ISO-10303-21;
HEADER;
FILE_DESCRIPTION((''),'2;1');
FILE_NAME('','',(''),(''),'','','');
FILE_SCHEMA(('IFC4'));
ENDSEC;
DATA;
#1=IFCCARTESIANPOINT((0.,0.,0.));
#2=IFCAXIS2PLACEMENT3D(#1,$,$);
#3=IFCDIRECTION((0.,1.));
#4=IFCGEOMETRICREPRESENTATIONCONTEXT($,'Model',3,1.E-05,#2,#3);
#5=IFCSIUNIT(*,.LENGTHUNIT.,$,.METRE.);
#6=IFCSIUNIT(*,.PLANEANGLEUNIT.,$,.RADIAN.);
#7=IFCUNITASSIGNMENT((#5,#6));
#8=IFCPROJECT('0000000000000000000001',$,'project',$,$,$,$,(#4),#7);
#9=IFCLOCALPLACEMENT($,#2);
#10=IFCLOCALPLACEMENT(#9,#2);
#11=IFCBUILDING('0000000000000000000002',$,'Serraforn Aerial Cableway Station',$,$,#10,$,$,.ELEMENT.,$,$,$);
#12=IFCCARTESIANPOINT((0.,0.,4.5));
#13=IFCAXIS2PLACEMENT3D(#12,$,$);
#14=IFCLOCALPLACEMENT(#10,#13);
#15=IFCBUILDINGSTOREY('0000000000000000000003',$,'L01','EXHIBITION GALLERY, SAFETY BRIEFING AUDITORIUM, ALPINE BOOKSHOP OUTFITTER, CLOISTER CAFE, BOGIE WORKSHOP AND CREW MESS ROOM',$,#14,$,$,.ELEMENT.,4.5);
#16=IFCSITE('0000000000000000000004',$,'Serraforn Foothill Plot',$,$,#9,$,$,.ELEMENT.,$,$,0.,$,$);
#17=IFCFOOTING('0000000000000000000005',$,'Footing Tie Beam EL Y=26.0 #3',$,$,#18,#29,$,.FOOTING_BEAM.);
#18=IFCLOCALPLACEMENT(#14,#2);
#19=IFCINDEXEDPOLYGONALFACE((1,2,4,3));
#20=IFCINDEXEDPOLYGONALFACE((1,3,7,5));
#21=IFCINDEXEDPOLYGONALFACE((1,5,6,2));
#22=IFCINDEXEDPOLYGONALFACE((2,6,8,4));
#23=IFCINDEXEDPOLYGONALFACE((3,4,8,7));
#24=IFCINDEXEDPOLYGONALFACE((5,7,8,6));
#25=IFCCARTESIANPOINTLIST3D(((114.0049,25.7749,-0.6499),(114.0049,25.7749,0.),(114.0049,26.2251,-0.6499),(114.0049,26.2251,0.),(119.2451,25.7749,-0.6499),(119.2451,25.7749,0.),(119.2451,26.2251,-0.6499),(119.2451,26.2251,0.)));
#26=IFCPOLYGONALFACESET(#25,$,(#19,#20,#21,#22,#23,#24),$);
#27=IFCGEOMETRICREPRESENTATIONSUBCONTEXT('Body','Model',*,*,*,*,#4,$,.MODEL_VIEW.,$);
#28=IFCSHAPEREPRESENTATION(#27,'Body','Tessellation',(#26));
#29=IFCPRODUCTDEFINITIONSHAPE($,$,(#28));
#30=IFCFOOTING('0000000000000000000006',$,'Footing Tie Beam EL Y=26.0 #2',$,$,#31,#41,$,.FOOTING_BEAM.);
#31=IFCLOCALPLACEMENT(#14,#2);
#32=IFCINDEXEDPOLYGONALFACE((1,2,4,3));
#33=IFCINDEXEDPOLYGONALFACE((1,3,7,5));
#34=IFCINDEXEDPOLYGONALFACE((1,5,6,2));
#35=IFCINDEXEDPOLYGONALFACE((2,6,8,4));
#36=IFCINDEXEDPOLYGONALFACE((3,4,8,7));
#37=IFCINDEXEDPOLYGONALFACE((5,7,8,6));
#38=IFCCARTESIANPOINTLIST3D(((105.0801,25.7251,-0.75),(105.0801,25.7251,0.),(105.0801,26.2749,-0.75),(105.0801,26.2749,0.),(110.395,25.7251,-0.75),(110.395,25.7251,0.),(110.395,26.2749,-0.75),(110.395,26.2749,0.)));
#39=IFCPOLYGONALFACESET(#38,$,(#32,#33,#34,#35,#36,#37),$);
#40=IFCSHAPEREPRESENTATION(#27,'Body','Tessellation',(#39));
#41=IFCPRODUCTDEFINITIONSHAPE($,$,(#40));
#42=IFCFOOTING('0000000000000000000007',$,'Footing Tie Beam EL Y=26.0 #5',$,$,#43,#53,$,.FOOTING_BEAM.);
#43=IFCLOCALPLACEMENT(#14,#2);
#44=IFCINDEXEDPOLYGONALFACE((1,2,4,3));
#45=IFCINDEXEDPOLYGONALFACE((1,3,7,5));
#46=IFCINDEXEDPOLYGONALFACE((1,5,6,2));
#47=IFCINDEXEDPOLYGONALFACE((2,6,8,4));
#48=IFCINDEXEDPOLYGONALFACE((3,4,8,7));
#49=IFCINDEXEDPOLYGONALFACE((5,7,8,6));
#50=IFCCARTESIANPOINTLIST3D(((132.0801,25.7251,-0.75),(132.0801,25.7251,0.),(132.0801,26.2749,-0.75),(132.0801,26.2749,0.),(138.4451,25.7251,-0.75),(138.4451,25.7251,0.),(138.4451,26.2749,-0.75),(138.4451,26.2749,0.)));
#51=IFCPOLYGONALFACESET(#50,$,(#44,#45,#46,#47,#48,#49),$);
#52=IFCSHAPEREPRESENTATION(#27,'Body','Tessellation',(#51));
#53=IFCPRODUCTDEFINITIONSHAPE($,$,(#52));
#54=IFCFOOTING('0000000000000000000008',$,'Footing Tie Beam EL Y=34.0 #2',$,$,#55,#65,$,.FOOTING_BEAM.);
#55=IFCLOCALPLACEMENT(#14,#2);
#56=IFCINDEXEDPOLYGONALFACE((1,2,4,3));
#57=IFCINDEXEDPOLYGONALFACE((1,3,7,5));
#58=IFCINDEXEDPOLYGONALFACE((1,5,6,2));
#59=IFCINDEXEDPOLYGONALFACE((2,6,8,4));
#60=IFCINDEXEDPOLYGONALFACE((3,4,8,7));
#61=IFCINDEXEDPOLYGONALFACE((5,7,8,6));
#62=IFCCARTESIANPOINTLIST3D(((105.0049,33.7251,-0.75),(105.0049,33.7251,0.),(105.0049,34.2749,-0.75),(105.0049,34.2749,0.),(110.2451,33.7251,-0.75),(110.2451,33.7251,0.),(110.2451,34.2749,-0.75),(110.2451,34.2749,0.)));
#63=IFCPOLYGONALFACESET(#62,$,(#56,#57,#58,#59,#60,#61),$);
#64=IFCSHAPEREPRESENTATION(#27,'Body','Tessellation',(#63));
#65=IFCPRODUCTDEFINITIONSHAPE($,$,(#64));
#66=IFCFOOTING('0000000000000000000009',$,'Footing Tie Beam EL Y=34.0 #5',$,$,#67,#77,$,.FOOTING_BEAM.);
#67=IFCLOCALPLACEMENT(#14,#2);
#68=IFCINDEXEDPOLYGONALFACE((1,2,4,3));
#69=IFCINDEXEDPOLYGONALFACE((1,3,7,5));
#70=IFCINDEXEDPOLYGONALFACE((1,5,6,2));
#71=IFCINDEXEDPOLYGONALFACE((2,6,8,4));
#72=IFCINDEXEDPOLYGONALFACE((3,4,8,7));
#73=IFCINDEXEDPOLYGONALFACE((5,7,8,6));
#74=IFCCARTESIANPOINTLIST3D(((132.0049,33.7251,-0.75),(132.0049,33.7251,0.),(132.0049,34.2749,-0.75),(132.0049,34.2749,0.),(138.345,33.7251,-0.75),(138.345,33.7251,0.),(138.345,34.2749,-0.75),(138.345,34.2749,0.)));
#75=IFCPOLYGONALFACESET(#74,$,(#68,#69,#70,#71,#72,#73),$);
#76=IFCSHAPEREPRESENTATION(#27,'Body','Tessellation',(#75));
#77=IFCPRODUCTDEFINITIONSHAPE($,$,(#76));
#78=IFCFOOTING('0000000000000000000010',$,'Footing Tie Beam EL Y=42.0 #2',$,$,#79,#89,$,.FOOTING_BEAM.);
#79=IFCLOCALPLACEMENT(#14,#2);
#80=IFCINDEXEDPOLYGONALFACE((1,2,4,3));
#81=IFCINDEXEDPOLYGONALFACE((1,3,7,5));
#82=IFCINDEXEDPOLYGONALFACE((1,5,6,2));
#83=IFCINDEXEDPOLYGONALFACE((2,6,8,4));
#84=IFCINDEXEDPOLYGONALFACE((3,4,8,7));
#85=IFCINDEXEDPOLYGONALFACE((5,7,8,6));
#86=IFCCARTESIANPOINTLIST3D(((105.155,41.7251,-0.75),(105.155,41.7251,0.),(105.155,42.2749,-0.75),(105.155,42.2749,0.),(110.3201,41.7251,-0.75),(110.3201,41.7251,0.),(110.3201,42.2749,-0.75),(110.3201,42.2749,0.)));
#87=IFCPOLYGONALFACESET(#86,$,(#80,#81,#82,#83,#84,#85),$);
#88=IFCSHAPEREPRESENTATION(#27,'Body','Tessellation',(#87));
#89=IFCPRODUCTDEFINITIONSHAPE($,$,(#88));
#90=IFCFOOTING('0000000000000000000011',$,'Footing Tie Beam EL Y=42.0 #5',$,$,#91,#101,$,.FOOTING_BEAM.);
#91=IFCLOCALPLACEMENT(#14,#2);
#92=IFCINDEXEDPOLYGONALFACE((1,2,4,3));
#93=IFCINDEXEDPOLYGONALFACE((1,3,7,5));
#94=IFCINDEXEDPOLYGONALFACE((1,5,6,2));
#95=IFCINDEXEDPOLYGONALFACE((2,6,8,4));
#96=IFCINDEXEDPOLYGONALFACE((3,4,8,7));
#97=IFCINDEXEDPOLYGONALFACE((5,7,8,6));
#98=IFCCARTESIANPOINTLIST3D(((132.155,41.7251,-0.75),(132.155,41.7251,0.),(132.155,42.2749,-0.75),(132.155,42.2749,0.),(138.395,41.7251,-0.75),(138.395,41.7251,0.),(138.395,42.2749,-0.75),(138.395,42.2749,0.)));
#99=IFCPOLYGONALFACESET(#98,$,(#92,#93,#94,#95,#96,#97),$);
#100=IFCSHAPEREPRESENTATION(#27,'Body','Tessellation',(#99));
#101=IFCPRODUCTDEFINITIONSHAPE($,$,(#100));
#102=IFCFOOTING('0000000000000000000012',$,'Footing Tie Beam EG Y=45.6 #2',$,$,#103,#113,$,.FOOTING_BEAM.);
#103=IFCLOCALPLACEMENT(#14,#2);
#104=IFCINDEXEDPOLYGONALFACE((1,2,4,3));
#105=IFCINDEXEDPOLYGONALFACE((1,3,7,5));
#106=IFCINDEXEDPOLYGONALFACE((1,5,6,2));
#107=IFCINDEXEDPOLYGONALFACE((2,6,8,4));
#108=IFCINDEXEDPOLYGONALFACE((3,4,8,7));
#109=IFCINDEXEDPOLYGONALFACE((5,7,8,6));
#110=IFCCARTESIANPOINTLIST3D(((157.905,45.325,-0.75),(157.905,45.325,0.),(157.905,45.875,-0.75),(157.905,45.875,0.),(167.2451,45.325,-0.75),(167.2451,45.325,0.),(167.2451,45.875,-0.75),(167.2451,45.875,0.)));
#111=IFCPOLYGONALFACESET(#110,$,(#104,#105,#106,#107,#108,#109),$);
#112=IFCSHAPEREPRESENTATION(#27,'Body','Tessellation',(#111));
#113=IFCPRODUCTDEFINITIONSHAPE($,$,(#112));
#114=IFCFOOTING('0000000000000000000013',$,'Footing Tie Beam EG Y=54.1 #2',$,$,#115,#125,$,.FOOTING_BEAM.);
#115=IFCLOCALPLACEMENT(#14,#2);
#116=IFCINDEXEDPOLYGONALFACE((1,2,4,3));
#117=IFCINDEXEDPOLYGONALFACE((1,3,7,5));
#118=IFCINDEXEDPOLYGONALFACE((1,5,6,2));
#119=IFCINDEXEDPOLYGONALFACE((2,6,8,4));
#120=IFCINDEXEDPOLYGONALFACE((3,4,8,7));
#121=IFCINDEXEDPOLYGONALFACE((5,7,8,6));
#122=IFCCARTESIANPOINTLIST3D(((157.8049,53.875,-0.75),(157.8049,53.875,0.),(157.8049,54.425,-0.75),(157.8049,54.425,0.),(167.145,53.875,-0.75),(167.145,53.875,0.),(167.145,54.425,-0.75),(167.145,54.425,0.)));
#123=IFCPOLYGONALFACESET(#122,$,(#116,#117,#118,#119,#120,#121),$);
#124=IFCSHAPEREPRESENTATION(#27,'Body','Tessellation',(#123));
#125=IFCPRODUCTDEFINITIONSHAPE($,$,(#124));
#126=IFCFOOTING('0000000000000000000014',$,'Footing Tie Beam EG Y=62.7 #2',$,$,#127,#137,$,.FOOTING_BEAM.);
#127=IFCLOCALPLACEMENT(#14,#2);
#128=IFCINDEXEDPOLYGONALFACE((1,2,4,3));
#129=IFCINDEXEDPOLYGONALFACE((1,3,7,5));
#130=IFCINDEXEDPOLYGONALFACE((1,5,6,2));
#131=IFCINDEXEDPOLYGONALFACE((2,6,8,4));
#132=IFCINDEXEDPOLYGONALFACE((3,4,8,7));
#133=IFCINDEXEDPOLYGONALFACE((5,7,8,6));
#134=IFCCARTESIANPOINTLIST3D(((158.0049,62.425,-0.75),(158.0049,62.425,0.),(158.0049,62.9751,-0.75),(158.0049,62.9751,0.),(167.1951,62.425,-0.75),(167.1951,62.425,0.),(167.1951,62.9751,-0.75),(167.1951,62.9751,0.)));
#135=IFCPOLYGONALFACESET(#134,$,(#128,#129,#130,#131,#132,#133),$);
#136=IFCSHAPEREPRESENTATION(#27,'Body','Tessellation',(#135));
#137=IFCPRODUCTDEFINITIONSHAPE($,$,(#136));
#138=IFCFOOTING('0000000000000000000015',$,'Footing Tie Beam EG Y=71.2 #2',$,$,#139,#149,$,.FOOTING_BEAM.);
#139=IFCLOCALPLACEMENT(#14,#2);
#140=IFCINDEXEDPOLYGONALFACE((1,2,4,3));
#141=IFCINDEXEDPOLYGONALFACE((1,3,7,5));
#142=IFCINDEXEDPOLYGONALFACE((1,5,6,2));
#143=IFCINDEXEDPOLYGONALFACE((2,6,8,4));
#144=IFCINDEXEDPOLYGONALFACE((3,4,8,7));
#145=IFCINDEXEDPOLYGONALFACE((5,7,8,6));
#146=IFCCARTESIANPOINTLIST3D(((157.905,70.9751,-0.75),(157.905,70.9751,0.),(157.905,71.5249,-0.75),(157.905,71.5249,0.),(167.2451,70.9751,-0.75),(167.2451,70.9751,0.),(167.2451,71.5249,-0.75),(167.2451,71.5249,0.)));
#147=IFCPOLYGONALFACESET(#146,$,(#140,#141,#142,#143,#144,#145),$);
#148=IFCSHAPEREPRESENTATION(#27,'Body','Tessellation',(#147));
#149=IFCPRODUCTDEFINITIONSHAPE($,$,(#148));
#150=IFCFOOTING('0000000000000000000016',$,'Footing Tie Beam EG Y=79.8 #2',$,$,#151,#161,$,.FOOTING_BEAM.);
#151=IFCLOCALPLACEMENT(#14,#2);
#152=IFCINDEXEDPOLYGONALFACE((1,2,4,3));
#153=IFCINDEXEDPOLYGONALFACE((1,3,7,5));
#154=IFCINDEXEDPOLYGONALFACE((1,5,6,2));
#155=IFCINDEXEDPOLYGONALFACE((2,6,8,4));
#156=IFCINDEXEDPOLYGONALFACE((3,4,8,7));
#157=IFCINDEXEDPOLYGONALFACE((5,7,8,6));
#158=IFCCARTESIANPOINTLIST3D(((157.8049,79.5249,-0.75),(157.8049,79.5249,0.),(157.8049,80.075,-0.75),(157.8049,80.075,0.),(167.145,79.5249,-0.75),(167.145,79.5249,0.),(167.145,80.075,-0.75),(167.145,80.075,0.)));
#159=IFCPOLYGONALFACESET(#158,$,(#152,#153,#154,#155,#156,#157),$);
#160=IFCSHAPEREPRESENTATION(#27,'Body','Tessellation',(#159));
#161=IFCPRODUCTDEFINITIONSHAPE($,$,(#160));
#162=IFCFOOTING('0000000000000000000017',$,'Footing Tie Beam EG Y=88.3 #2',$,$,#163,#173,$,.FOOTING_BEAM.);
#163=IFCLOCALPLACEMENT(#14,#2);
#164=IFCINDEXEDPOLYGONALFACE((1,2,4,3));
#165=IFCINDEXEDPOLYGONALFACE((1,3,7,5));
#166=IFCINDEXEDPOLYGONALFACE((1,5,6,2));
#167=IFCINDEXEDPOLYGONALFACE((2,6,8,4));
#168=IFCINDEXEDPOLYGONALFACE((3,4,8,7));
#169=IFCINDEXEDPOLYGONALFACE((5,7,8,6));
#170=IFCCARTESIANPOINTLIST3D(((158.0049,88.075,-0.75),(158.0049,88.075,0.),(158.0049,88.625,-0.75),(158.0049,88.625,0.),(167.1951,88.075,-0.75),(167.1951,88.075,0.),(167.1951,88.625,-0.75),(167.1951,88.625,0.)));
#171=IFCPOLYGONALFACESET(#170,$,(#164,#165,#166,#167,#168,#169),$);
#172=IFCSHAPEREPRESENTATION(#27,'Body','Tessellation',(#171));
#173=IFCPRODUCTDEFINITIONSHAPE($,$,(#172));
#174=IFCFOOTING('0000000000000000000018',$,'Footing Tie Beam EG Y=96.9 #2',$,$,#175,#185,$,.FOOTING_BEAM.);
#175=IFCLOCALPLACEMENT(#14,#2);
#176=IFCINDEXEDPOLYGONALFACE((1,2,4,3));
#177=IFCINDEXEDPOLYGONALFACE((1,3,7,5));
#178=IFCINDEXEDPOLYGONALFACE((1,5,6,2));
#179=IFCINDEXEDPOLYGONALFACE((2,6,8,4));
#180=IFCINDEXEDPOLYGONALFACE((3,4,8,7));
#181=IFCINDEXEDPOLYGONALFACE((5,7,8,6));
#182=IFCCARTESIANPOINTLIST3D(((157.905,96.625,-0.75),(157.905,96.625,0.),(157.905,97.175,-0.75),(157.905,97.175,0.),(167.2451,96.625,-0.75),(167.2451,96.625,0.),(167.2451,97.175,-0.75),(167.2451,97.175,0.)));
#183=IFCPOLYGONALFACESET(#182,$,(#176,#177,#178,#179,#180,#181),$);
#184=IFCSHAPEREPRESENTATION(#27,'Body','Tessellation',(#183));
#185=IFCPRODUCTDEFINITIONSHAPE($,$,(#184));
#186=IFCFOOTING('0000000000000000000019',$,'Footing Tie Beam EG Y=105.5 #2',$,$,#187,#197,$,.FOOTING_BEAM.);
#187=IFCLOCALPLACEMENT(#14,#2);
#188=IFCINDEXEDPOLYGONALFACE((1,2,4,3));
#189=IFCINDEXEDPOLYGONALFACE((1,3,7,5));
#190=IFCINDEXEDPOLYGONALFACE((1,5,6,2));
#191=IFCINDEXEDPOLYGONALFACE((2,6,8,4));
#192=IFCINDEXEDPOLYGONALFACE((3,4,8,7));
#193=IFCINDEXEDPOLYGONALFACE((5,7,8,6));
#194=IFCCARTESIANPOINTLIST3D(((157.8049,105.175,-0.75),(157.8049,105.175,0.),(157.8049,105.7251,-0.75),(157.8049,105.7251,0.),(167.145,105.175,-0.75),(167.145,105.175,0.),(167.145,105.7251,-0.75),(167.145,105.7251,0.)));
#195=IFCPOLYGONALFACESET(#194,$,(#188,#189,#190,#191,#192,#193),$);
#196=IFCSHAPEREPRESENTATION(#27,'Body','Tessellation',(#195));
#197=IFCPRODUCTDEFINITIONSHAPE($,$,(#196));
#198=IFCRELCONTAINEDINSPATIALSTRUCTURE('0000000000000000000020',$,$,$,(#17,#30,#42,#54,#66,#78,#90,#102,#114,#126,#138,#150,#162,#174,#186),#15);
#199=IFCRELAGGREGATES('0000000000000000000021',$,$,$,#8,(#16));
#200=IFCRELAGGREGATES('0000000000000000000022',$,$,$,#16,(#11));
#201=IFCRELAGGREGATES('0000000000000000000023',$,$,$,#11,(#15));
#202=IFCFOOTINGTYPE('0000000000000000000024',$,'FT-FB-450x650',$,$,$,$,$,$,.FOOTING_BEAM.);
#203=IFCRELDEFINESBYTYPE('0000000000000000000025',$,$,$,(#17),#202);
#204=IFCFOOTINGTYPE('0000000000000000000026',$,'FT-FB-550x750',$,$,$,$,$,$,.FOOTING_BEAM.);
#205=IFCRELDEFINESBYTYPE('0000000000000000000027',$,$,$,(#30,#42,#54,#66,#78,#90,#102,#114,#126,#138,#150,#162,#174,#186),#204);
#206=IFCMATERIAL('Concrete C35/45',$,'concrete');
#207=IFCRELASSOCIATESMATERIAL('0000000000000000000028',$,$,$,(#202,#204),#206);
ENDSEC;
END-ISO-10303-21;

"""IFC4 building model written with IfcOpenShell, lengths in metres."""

from ifc_helpers import new_model, si_unit, direction, frame, origin, place, context, subcontext, project, spatial, polyline, outline, extrude, material, type_object, element, save


model = new_model("IFC4")

# Units and contexts
model_context = context("Model", 3, precision=1e-05, world=origin(), true_north=direction((0.0, 1.0)))
body_context = subcontext(model_context, "Body", "Model", "MODEL_VIEW")
ifc_project = project(units=[si_unit("LENGTHUNIT", "METRE"), si_unit("PLANEANGLEUNIT", "RADIAN")], contexts=[model_context])

# Site, building, storey
site_placement = place(None, origin())
site = spatial("IfcSite", under=ifc_project, at=site_placement, Name="Serraforn Foothill Plot", CompositionType="ELEMENT", RefElevation=0.0)
building_placement = place(site_placement, origin())
building = spatial("IfcBuilding", under=site, at=building_placement, Name="Serraforn Aerial Cableway Station", CompositionType="ELEMENT")
storey_placement = place(building_placement, frame((0.0, 0.0, 4.5)))
storey = spatial("IfcBuildingStorey", under=building, at=storey_placement, Name="L01", Description="EXHIBITION GALLERY, SAFETY BRIEFING AUDITORIUM, ALPINE BOOKSHOP OUTFITTER, CLOISTER CAFE, BOGIE WORKSHOP AND CREW MESS ROOM", CompositionType="ELEMENT", Elevation=4.5)

# Footings
ifc_material = material(Name="Concrete C35/45", Category="concrete")
footing_type_1 = type_object("IfcFootingType", Name="FT-FB-450x650", PredefinedType="FOOTING_BEAM", material=ifc_material)
footing_1_placement = place(storey_placement, frame((0.0, 0.0, -0.6499)))
element("IfcFooting", 1, at=footing_1_placement, inside=storey, type_object=footing_type_1, Name="Footing Tie Beam EL Y=26.0 #3", PredefinedType="FOOTING_BEAM", context=body_context, shape_type="SweptSolid", body=[
    extrude(outline(polyline([(119.2451, 26.2251), (119.2451, 25.7749), (114.0049, 25.7749), (114.0049, 26.2251), (119.2451, 26.2251)])), origin(), (0.0, 0.0, 1.0), 0.6499),
])
footing_type_2 = type_object("IfcFootingType", Name="FT-FB-550x750", PredefinedType="FOOTING_BEAM", material=ifc_material)
footing_2_placement = place(storey_placement, frame((0.0, 0.0, -0.75)))
element("IfcFooting", 2, at=footing_2_placement, inside=storey, type_object=footing_type_2, Name="Footing Tie Beam EL Y=26.0 #2", PredefinedType="FOOTING_BEAM", context=body_context, shape_type="SweptSolid", body=[
    extrude(outline(polyline([(110.395, 26.2749), (110.395, 25.7251), (105.0801, 25.7251), (105.0801, 26.2749), (110.395, 26.2749)])), origin(), (0.0, 0.0, 1.0), 0.75),
])
footing_3_placement = place(storey_placement, frame((0.0, 0.0, -0.75)))
element("IfcFooting", 3, at=footing_3_placement, inside=storey, type_object=footing_type_2, Name="Footing Tie Beam EL Y=26.0 #5", PredefinedType="FOOTING_BEAM", context=body_context, shape_type="SweptSolid", body=[
    extrude(outline(polyline([(138.4451, 26.2749), (138.4451, 25.7251), (132.0801, 25.7251), (132.0801, 26.2749), (138.4451, 26.2749)])), origin(), (0.0, 0.0, 1.0), 0.75),
])
footing_4_placement = place(storey_placement, frame((0.0, 0.0, -0.75)))
element("IfcFooting", 4, at=footing_4_placement, inside=storey, type_object=footing_type_2, Name="Footing Tie Beam EL Y=34.0 #2", PredefinedType="FOOTING_BEAM", context=body_context, shape_type="SweptSolid", body=[
    extrude(outline(polyline([(110.2451, 34.2749), (110.2451, 33.7251), (105.0049, 33.7251), (105.0049, 34.2749), (110.2451, 34.2749)])), origin(), (0.0, 0.0, 1.0), 0.75),
])
footing_5_placement = place(storey_placement, frame((0.0, 0.0, -0.75)))
element("IfcFooting", 5, at=footing_5_placement, inside=storey, type_object=footing_type_2, Name="Footing Tie Beam EL Y=34.0 #5", PredefinedType="FOOTING_BEAM", context=body_context, shape_type="SweptSolid", body=[
    extrude(outline(polyline([(138.345, 34.2749), (138.345, 33.7251), (132.0049, 33.7251), (132.0049, 34.2749), (138.345, 34.2749)])), origin(), (0.0, 0.0, 1.0), 0.75),
])
footing_6_placement = place(storey_placement, frame((0.0, 0.0, -0.75)))
element("IfcFooting", 6, at=footing_6_placement, inside=storey, type_object=footing_type_2, Name="Footing Tie Beam EL Y=42.0 #2", PredefinedType="FOOTING_BEAM", context=body_context, shape_type="SweptSolid", body=[
    extrude(outline(polyline([(110.3201, 42.2749), (110.3201, 41.7251), (105.155, 41.7251), (105.155, 42.2749), (110.3201, 42.2749)])), origin(), (0.0, 0.0, 1.0), 0.75),
])
footing_7_placement = place(storey_placement, frame((0.0, 0.0, -0.75)))
element("IfcFooting", 7, at=footing_7_placement, inside=storey, type_object=footing_type_2, Name="Footing Tie Beam EL Y=42.0 #5", PredefinedType="FOOTING_BEAM", context=body_context, shape_type="SweptSolid", body=[
    extrude(outline(polyline([(138.395, 42.2749), (138.395, 41.7251), (132.155, 41.7251), (132.155, 42.2749), (138.395, 42.2749)])), origin(), (0.0, 0.0, 1.0), 0.75),
])
footing_8_placement = place(storey_placement, frame((0.0, 0.0, -0.75)))
element("IfcFooting", 8, at=footing_8_placement, inside=storey, type_object=footing_type_2, Name="Footing Tie Beam EG Y=45.6 #2", PredefinedType="FOOTING_BEAM", context=body_context, shape_type="SweptSolid", body=[
    extrude(outline(polyline([(167.2451, 45.875), (167.2451, 45.325), (157.905, 45.325), (157.905, 45.875), (167.2451, 45.875)])), origin(), (0.0, 0.0, 1.0), 0.75),
])
footing_9_placement = place(storey_placement, frame((0.0, 0.0, -0.75)))
element("IfcFooting", 9, at=footing_9_placement, inside=storey, type_object=footing_type_2, Name="Footing Tie Beam EG Y=54.1 #2", PredefinedType="FOOTING_BEAM", context=body_context, shape_type="SweptSolid", body=[
    extrude(outline(polyline([(167.145, 54.425), (167.145, 53.875), (157.8049, 53.875), (157.8049, 54.425), (167.145, 54.425)])), origin(), (0.0, 0.0, 1.0), 0.75),
])
footing_10_placement = place(storey_placement, frame((0.0, 0.0, -0.75)))
element("IfcFooting", 10, at=footing_10_placement, inside=storey, type_object=footing_type_2, Name="Footing Tie Beam EG Y=62.7 #2", PredefinedType="FOOTING_BEAM", context=body_context, shape_type="SweptSolid", body=[
    extrude(outline(polyline([(167.1951, 62.9751), (167.1951, 62.425), (158.0049, 62.425), (158.0049, 62.9751), (167.1951, 62.9751)])), origin(), (0.0, 0.0, 1.0), 0.75),
])
footing_11_placement = place(storey_placement, frame((0.0, 0.0, -0.75)))
element("IfcFooting", 11, at=footing_11_placement, inside=storey, type_object=footing_type_2, Name="Footing Tie Beam EG Y=71.2 #2", PredefinedType="FOOTING_BEAM", context=body_context, shape_type="SweptSolid", body=[
    extrude(outline(polyline([(167.2451, 71.5249), (167.2451, 70.9751), (157.905, 70.9751), (157.905, 71.5249), (167.2451, 71.5249)])), origin(), (0.0, 0.0, 1.0), 0.75),
])
footing_12_placement = place(storey_placement, frame((0.0, 0.0, -0.75)))
element("IfcFooting", 12, at=footing_12_placement, inside=storey, type_object=footing_type_2, Name="Footing Tie Beam EG Y=79.8 #2", PredefinedType="FOOTING_BEAM", context=body_context, shape_type="SweptSolid", body=[
    extrude(outline(polyline([(167.145, 80.075), (167.145, 79.5249), (157.8049, 79.5249), (157.8049, 80.075), (167.145, 80.075)])), origin(), (0.0, 0.0, 1.0), 0.75),
])
footing_13_placement = place(storey_placement, frame((0.0, 0.0, -0.75)))
element("IfcFooting", 13, at=footing_13_placement, inside=storey, type_object=footing_type_2, Name="Footing Tie Beam EG Y=88.3 #2", PredefinedType="FOOTING_BEAM", context=body_context, shape_type="SweptSolid", body=[
    extrude(outline(polyline([(167.1951, 88.625), (167.1951, 88.075), (158.0049, 88.075), (158.0049, 88.625), (167.1951, 88.625)])), origin(), (0.0, 0.0, 1.0), 0.75),
])
footing_14_placement = place(storey_placement, frame((0.0, 0.0, -0.75)))
element("IfcFooting", 14, at=footing_14_placement, inside=storey, type_object=footing_type_2, Name="Footing Tie Beam EG Y=96.9 #2", PredefinedType="FOOTING_BEAM", context=body_context, shape_type="SweptSolid", body=[
    extrude(outline(polyline([(167.2451, 97.175), (167.2451, 96.625), (157.905, 96.625), (157.905, 97.175), (167.2451, 97.175)])), origin(), (0.0, 0.0, 1.0), 0.75),
])
footing_15_placement = place(storey_placement, frame((0.0, 0.0, -0.75)))
element("IfcFooting", 15, at=footing_15_placement, inside=storey, type_object=footing_type_2, Name="Footing Tie Beam EG Y=105.5 #2", PredefinedType="FOOTING_BEAM", context=body_context, shape_type="SweptSolid", body=[
    extrude(outline(polyline([(167.145, 105.7251), (167.145, 105.175), (157.8049, 105.175), (157.8049, 105.7251), (167.145, 105.7251)])), origin(), (0.0, 0.0, 1.0), 0.75),
])

save(model, "model.ifc")
